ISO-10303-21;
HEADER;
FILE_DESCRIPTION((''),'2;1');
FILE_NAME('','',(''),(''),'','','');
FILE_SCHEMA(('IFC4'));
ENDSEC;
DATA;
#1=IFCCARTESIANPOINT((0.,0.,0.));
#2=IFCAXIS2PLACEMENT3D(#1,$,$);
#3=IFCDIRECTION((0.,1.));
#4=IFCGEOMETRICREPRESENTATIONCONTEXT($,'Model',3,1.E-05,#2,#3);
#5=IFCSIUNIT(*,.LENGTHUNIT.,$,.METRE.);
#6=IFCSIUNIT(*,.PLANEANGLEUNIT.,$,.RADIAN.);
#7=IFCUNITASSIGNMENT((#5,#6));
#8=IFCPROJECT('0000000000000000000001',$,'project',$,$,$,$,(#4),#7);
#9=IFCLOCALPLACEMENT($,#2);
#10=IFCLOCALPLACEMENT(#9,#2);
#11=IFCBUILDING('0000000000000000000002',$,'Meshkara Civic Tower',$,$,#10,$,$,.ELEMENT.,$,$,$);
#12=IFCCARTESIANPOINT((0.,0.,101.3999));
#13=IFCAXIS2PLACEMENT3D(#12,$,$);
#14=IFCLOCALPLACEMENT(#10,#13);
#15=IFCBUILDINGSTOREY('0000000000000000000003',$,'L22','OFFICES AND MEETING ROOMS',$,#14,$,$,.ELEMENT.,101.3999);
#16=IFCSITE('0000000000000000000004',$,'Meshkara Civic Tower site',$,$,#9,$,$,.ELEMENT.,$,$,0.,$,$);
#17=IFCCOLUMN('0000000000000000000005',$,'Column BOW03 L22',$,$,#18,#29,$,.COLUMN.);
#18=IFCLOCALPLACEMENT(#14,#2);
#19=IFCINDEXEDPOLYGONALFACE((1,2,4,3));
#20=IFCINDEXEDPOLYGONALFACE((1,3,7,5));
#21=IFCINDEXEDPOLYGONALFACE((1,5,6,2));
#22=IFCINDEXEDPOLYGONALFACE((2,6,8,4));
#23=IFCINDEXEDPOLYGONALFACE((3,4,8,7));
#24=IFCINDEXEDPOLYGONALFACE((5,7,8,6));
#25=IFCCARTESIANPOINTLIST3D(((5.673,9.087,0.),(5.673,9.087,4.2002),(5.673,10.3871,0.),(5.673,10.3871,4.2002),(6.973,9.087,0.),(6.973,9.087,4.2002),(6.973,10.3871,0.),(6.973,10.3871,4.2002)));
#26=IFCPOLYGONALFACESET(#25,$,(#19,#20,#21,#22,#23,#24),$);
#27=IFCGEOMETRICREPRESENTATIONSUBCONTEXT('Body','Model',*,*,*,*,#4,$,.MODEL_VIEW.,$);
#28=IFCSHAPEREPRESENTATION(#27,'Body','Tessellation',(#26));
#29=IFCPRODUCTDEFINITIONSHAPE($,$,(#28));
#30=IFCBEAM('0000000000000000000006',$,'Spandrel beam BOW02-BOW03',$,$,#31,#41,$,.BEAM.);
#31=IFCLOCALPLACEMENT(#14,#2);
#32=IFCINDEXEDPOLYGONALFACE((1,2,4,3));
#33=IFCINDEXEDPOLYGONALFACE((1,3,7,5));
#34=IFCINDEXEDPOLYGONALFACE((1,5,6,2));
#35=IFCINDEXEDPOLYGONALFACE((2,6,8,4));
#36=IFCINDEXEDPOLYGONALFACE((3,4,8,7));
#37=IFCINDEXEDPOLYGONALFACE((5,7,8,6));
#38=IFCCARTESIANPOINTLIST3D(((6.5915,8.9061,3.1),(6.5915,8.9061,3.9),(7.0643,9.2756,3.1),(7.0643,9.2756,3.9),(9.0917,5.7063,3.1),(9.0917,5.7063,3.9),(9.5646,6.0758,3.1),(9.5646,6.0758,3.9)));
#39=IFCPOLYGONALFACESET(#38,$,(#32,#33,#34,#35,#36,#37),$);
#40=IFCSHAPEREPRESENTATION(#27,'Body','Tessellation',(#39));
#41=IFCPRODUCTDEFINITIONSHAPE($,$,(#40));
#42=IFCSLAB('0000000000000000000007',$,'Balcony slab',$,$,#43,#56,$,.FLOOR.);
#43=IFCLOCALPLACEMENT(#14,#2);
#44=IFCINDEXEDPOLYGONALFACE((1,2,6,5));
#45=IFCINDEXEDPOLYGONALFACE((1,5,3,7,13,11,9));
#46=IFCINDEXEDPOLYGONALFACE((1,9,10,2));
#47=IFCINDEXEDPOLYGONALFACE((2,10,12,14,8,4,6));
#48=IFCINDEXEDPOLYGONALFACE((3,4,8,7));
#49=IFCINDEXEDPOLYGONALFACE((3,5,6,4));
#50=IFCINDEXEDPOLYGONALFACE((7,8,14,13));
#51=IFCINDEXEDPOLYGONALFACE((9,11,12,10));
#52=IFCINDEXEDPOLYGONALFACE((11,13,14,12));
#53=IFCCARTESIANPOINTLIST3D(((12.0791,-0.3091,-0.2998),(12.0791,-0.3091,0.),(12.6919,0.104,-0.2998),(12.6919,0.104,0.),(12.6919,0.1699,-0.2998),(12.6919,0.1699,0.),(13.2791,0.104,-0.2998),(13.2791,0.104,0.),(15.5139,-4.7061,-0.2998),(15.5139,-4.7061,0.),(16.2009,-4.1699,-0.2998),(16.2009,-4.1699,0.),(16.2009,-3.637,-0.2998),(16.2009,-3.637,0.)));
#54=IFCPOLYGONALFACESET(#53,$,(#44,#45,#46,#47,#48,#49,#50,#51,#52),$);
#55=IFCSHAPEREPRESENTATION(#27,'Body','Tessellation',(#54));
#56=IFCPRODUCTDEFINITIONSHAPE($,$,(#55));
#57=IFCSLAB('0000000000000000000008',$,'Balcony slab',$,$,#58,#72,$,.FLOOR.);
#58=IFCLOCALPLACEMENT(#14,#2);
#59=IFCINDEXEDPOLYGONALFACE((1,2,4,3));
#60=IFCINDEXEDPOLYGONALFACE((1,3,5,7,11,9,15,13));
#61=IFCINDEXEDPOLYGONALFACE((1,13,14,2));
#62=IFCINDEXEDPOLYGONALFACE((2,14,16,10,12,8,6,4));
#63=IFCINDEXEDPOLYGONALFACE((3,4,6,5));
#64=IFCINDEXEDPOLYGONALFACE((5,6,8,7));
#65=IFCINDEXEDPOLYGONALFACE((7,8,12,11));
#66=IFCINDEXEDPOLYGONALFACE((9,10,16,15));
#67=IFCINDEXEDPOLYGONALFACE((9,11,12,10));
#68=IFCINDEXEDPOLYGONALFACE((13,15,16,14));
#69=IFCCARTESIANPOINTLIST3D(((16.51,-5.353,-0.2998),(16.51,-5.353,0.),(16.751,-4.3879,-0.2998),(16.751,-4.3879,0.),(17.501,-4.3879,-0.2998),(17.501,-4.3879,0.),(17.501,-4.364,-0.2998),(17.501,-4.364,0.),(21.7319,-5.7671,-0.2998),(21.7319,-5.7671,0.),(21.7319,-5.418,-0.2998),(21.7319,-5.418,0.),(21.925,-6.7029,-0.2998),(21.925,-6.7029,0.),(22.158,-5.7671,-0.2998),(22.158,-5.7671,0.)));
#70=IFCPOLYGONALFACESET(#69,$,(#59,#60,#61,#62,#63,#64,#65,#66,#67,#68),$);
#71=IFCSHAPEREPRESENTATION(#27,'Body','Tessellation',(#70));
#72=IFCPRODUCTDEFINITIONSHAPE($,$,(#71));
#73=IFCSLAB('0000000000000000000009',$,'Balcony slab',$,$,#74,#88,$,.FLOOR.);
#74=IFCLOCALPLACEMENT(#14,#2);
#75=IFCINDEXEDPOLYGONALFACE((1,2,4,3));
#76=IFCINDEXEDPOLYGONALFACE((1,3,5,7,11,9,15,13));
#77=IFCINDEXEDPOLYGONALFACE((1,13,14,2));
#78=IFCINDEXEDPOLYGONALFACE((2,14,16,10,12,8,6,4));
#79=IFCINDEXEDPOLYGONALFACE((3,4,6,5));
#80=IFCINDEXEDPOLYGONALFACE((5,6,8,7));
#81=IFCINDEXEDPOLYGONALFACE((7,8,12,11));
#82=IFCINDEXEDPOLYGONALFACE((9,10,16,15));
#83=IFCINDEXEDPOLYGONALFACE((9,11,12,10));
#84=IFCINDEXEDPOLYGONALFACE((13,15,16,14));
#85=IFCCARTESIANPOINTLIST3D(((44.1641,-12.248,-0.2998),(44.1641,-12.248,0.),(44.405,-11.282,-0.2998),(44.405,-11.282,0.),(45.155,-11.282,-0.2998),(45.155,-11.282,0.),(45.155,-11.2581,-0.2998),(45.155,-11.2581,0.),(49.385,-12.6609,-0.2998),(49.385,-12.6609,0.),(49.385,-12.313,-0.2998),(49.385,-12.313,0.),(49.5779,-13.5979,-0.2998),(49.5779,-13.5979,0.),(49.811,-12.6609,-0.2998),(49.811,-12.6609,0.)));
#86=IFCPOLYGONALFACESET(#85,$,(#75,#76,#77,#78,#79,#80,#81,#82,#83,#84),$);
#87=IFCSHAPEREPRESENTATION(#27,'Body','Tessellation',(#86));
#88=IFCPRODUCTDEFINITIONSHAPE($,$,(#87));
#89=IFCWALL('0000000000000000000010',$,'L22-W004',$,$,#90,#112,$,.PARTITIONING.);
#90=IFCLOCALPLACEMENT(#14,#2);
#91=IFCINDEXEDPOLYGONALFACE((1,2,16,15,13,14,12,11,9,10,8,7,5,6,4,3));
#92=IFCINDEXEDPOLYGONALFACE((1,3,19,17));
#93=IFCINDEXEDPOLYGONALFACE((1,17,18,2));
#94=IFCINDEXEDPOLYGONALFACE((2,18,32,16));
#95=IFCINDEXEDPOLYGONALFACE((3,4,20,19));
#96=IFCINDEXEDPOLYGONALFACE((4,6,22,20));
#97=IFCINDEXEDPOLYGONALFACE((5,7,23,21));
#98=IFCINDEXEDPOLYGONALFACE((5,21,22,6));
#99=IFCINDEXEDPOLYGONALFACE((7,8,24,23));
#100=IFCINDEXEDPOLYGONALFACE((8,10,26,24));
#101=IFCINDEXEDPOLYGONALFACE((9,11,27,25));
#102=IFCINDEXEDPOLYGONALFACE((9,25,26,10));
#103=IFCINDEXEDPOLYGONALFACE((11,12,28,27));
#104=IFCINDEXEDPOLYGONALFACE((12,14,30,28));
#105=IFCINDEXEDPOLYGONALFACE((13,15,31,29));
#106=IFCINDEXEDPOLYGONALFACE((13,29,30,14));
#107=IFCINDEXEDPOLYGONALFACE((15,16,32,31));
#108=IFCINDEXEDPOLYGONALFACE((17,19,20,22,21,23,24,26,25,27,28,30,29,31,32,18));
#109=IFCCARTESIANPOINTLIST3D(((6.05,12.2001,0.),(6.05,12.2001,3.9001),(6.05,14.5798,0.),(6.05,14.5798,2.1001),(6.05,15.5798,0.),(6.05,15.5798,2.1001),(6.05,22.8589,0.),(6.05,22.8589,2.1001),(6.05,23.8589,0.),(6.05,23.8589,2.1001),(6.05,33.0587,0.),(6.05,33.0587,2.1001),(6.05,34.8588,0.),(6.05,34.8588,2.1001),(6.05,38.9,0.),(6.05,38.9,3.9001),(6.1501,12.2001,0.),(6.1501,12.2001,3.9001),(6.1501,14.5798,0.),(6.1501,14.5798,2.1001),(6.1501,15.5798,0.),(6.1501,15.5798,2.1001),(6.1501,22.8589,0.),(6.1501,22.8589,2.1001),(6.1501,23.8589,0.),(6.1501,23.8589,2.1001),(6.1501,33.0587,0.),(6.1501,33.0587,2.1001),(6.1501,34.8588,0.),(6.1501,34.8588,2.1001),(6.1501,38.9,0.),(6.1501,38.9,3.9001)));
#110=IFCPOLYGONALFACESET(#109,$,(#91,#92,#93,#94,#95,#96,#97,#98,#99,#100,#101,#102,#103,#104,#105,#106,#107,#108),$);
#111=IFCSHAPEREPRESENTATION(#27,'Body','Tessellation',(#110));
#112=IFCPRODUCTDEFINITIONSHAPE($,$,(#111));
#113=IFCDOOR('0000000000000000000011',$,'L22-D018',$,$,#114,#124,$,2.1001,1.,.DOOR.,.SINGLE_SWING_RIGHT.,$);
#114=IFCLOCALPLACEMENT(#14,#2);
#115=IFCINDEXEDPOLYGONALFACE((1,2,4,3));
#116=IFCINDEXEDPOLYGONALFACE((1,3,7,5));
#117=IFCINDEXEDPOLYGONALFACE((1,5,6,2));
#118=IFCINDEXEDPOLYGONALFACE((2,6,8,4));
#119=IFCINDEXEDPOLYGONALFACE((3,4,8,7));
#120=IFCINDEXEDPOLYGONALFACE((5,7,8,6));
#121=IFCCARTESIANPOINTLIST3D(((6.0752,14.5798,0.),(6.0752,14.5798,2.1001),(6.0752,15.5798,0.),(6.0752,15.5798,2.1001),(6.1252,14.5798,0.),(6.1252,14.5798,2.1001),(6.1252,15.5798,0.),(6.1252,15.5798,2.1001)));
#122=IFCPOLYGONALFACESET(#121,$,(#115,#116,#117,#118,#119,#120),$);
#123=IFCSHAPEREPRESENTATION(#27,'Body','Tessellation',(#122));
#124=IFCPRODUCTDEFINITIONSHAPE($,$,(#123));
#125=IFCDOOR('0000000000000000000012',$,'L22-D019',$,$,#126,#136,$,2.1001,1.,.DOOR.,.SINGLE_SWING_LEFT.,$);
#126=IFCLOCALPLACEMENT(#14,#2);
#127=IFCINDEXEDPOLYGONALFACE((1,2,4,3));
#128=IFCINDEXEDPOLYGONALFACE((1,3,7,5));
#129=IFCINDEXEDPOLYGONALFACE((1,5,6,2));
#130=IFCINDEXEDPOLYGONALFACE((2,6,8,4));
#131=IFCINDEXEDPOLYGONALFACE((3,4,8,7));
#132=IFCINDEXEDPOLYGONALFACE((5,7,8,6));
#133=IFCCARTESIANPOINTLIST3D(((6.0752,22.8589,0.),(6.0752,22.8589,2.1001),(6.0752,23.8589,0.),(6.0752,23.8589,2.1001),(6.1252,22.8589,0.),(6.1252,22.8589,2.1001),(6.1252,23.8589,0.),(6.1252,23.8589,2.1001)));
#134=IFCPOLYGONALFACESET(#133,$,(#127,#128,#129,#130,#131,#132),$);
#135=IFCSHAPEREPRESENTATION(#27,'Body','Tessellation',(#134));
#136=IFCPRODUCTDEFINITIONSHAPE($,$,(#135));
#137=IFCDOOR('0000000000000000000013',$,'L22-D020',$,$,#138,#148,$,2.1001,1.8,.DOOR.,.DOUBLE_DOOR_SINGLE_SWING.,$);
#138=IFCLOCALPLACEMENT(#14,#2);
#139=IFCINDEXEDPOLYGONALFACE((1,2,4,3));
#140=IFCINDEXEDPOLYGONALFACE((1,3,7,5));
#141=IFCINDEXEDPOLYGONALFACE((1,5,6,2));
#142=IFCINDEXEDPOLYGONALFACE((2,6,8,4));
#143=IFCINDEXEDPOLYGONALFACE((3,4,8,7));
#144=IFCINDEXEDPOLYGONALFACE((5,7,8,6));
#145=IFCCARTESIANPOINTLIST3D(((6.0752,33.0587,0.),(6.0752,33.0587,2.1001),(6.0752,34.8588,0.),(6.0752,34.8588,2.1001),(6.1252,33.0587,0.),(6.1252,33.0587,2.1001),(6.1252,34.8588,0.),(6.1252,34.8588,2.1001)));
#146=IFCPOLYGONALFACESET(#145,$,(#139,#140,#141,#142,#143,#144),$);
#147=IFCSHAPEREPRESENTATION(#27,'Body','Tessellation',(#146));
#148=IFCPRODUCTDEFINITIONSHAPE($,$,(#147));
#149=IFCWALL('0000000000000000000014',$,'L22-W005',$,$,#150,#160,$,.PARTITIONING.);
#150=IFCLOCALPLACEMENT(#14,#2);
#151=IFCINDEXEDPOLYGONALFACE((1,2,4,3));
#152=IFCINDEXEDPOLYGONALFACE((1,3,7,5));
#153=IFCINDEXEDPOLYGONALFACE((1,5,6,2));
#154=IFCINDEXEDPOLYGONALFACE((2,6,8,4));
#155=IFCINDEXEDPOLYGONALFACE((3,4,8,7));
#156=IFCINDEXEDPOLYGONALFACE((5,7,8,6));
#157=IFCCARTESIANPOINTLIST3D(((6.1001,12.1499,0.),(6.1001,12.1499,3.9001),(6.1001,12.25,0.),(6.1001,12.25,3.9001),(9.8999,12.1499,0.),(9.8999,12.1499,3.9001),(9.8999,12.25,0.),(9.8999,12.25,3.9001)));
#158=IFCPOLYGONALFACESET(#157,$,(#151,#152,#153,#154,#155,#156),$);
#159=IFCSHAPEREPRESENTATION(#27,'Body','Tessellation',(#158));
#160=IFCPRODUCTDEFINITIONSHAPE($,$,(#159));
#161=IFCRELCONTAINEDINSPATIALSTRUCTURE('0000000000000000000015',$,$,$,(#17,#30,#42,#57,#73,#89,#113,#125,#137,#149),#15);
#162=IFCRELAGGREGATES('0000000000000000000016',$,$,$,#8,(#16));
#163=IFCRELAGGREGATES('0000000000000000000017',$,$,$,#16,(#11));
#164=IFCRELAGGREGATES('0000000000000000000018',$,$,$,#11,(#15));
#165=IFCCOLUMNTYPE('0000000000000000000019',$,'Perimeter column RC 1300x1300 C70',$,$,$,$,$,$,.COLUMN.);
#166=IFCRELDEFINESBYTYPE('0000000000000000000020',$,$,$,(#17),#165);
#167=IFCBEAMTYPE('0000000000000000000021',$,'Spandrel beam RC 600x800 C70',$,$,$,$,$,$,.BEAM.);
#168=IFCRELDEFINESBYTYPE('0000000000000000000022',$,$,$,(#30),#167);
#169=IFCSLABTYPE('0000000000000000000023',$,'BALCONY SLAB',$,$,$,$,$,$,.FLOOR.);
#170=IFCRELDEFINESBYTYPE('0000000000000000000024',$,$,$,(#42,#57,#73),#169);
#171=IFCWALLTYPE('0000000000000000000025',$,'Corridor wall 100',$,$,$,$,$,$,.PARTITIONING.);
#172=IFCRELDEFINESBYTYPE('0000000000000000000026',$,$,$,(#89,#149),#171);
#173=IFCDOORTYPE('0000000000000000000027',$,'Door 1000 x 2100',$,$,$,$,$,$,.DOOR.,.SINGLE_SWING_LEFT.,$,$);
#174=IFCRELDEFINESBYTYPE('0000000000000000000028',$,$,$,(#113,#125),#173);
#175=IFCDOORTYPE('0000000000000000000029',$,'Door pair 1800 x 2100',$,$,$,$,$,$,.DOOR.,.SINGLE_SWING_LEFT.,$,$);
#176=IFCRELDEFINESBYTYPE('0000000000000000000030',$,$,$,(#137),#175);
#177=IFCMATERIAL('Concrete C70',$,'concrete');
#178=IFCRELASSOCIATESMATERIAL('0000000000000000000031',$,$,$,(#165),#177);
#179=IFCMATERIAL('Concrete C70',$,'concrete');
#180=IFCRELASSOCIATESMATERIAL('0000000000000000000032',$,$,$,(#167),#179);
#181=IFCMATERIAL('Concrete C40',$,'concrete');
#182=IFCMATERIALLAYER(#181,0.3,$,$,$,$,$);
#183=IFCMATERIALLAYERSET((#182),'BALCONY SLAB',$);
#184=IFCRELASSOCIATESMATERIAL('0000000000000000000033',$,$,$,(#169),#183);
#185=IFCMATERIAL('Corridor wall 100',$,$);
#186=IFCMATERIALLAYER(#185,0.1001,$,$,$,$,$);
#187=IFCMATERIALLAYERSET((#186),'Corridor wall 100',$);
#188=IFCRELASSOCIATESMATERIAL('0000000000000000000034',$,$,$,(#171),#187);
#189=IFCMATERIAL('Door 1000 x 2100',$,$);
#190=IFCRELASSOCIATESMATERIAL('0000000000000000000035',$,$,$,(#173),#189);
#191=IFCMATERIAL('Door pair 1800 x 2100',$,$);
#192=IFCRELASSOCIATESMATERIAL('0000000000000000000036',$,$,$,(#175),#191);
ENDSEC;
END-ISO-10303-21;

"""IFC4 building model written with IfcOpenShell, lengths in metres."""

from ifc_helpers import new_model, si_unit, direction, frame, frame_2d, origin, origin_2d, place, context, subcontext, project, spatial, polyline, rectangle, outline, extrude, material, layer, layer_set, material_profile, profile_set, type_object, element, fill, save


model = new_model("IFC4")

# Units and contexts
model_context = context("Model", 3, precision=1e-05, world=origin(), true_north=direction((0.0, 1.0)))
body_context = subcontext(model_context, "Body", "Model", "MODEL_VIEW")
ifc_project = project(units=[si_unit("LENGTHUNIT", "METRE"), si_unit("PLANEANGLEUNIT", "RADIAN")], contexts=[model_context])

# Site, building, storey
site_placement = place(None, origin())
site = spatial("IfcSite", under=ifc_project, at=site_placement, Name="Meshkara Civic Tower site", CompositionType="ELEMENT", RefElevation=0.0)
building_placement = place(site_placement, origin())
building = spatial("IfcBuilding", under=site, at=building_placement, Name="Meshkara Civic Tower", CompositionType="ELEMENT")
storey_placement = place(building_placement, frame((0.0, 0.0, 101.3999)))
storey = spatial("IfcBuildingStorey", under=building, at=storey_placement, Name="L22", Description="OFFICES AND MEETING ROOMS", CompositionType="ELEMENT", Elevation=101.3999)

# Column
ifc_material_1 = material(Name="Concrete C70", Category="concrete")
ifc_material_profile_1 = material_profile(ifc_material_1, rectangle(XDim=1.3, YDim=1.3, at=origin_2d()))
ifc_profile_set_1 = profile_set([ifc_material_profile_1], Name="Concrete C70")
column_type = type_object("IfcColumnType", Name="Perimeter column RC 1300x1300 C70", PredefinedType="COLUMN", material=ifc_profile_set_1)
column_placement = place(storey_placement, frame((6.323, 9.7371, 0.0), z_axis=(0.0, 0.0, 1.0), x_axis=(1.0, 0.0, 0.0)))
element("IfcColumn", 1, at=column_placement, inside=storey, type_object=column_type, Name="Column BOW03 L22", PredefinedType="COLUMN", context=body_context, shape_type="SweptSolid", body=[
    extrude(rectangle(XDim=1.3, YDim=1.3, at=origin_2d()), origin(), (0.0, 0.0, 1.0), 4.2002),
])

# Beam
ifc_material_2 = material(Name="Concrete C70", Category="concrete")
ifc_material_profile_2 = material_profile(ifc_material_2, rectangle(XDim=0.6001, YDim=0.8, at=origin_2d()))
ifc_profile_set_2 = profile_set([ifc_material_profile_2], Name="Concrete C70")
beam_type = type_object("IfcBeamType", Name="Spandrel beam RC 600x800 C70", PredefinedType="BEAM", material=ifc_profile_set_2)
beam_placement = place(storey_placement, frame((6.8279, 9.0908, 3.5), z_axis=(0.615716, -0.787968, 0.0), x_axis=(0.787968, 0.615716, 0.0)))
element("IfcBeam", 2, at=beam_placement, inside=storey, type_object=beam_type, Name="Spandrel beam BOW02-BOW03", PredefinedType="BEAM", context=body_context, shape_type="SweptSolid", body=[
    extrude(rectangle(XDim=0.6001, YDim=0.8, at=origin_2d()), origin(), (0.0, 0.0, 1.0), 4.0608),
])

# Slabs
ifc_material_3 = material(Name="Concrete C40", Category="concrete")
ifc_layer_1 = layer(ifc_material_3, 0.3)
ifc_layer_set_1 = layer_set([ifc_layer_1], Name="BALCONY SLAB")
slab_type = type_object("IfcSlabType", Name="BALCONY SLAB", PredefinedType="FLOOR", material=ifc_layer_set_1)
slab_1_placement = place(storey_placement, frame((0.0, 0.0, -0.2998)))
element("IfcSlab", 3, at=slab_1_placement, inside=storey, type_object=slab_type, Name="Balcony slab", PredefinedType="FLOOR", context=body_context, shape_type="SweptSolid", body=[
    extrude(outline(polyline([(15.5139, -4.7061), (12.0791, -0.3091), (12.6919, 0.1699), (12.6919, 0.104), (13.2791, 0.104), (16.2009, -3.637), (16.2009, -4.1699), (15.5139, -4.7061)])), origin(), (0.0, 0.0, 1.0), 0.2998),
])
slab_2_placement = place(storey_placement, frame((0.0, 0.0, -0.2998)))
element("IfcSlab", 4, at=slab_2_placement, inside=storey, type_object=slab_type, Name="Balcony slab", PredefinedType="FLOOR", context=body_context, shape_type="SweptSolid", body=[
    extrude(outline(polyline([(21.925, -6.7029), (16.51, -5.353), (16.751, -4.3879), (17.501, -4.3879), (17.501, -4.364), (21.7319, -5.418), (21.7319, -5.7671), (22.158, -5.7671), (21.925, -6.7029)])), origin(), (0.0, 0.0, 1.0), 0.2998),
])
slab_3_placement = place(storey_placement, frame((0.0, 0.0, -0.2998)))
element("IfcSlab", 5, at=slab_3_placement, inside=storey, type_object=slab_type, Name="Balcony slab", PredefinedType="FLOOR", context=body_context, shape_type="SweptSolid", body=[
    extrude(outline(polyline([(49.5779, -13.5979), (44.1641, -12.248), (44.405, -11.282), (45.155, -11.282), (45.155, -11.2581), (49.385, -12.313), (49.385, -12.6609), (49.811, -12.6609), (49.5779, -13.5979)])), origin(), (0.0, 0.0, 1.0), 0.2998),
])

# Wall, openings, doors
ifc_material_4 = material(Name="Corridor wall 100")
ifc_layer_2 = layer(ifc_material_4, 0.1001)
ifc_layer_set_2 = layer_set([ifc_layer_2], Name="Corridor wall 100")
wall_type_1 = type_object("IfcWallType", Name="Corridor wall 100", PredefinedType="PARTITIONING", material=ifc_layer_set_2)
wall_1_placement = place(storey_placement, frame((6.1001, 12.2, 0.0), z_axis=(0.0, 0.0, 1.0), x_axis=(0.0, 1.0, 0.0)))
wall_1 = element("IfcWall", 6, at=wall_1_placement, inside=storey, type_object=wall_type_1, Name="L22-W004", PredefinedType="PARTITIONING", context=body_context, shape_type="SweptSolid", body=[
    extrude(rectangle(XDim=26.7, YDim=0.1001, at=frame_2d((13.3501, 0.0))), origin(), (0.0, 0.0, 1.0), 3.9001),
])
opening_1_placement = place(wall_1_placement, frame((2.3799, 0.0, 0.0)))
opening_1 = element("IfcOpeningElement", 7, at=opening_1_placement, cuts=wall_1, PredefinedType="OPENING", context=body_context, shape_type="SweptSolid", body=[
    extrude(rectangle(XDim=1.0, YDim=2.1001, at=frame_2d((0.5, 1.05))), frame((0.0, 0.0601, 0.0), z_axis=(0.0, -1.0, 0.0), x_axis=(1.0, 0.0, 0.0)), (0.0, 0.0, 1.0), 0.1201),
])
opening_2_placement = place(wall_1_placement, frame((10.6589, 0.0, 0.0)))
opening_2 = element("IfcOpeningElement", 8, at=opening_2_placement, cuts=wall_1, PredefinedType="OPENING", context=body_context, shape_type="SweptSolid", body=[
    extrude(rectangle(XDim=1.0, YDim=2.1001, at=frame_2d((0.5, 1.05))), frame((0.0, 0.0601, 0.0), z_axis=(0.0, -1.0, 0.0), x_axis=(1.0, 0.0, 0.0)), (0.0, 0.0, 1.0), 0.1201),
])
opening_3_placement = place(wall_1_placement, frame((20.8589, 0.0, 0.0)))
opening_3 = element("IfcOpeningElement", 9, at=opening_3_placement, cuts=wall_1, PredefinedType="OPENING", context=body_context, shape_type="SweptSolid", body=[
    extrude(rectangle(XDim=1.8, YDim=2.1001, at=frame_2d((0.8999, 1.05))), frame((0.0, 0.0601, 0.0), z_axis=(0.0, -1.0, 0.0), x_axis=(1.0, 0.0, 0.0)), (0.0, 0.0, 1.0), 0.1201),
])
ifc_material_5 = material(Name="Door 1000 x 2100")
door_type_1 = type_object("IfcDoorType", Name="Door 1000 x 2100", OperationType="SINGLE_SWING_LEFT", PredefinedType="DOOR", material=ifc_material_5)
door_1_placement = place(opening_1_placement, origin())
door_1 = element("IfcDoor", 10, at=door_1_placement, inside=storey, type_object=door_type_1, Name="L22-D018", OperationType="SINGLE_SWING_RIGHT", OverallHeight=2.1001, OverallWidth=1.0, PredefinedType="DOOR", context=body_context, shape_type="SweptSolid", body=[
    extrude(rectangle(XDim=1.0, YDim=2.1001, at=frame_2d((0.5, 1.05))), frame((0.0, 0.0249, 0.0), z_axis=(0.0, -1.0, 0.0), x_axis=(1.0, 0.0, 0.0)), (0.0, 0.0, 1.0), 0.05),
])
fill(opening_1, door_1)
door_2_placement = place(opening_2_placement, origin())
door_2 = element("IfcDoor", 11, at=door_2_placement, inside=storey, type_object=door_type_1, Name="L22-D019", OperationType="SINGLE_SWING_LEFT", OverallHeight=2.1001, OverallWidth=1.0, PredefinedType="DOOR", context=body_context, shape_type="SweptSolid", body=[
    extrude(rectangle(XDim=1.0, YDim=2.1001, at=frame_2d((0.5, 1.05))), frame((0.0, 0.0249, 0.0), z_axis=(0.0, -1.0, 0.0), x_axis=(1.0, 0.0, 0.0)), (0.0, 0.0, 1.0), 0.05),
])
fill(opening_2, door_2)
ifc_material_6 = material(Name="Door pair 1800 x 2100")
door_type_2 = type_object("IfcDoorType", Name="Door pair 1800 x 2100", OperationType="SINGLE_SWING_LEFT", PredefinedType="DOOR", material=ifc_material_6)
door_3_placement = place(opening_3_placement, origin())
door_3 = element("IfcDoor", 12, at=door_3_placement, inside=storey, type_object=door_type_2, Name="L22-D020", OperationType="DOUBLE_DOOR_SINGLE_SWING", OverallHeight=2.1001, OverallWidth=1.8, PredefinedType="DOOR", context=body_context, shape_type="SweptSolid", body=[
    extrude(rectangle(XDim=1.8, YDim=2.1001, at=frame_2d((0.8999, 1.05))), frame((0.0, 0.0249, 0.0), z_axis=(0.0, -1.0, 0.0), x_axis=(1.0, 0.0, 0.0)), (0.0, 0.0, 1.0), 0.05),
])
fill(opening_3, door_3)

# Wall
wall_2_placement = place(storey_placement, frame((6.1001, 12.2, 0.0), z_axis=(0.0, 0.0, 1.0), x_axis=(1.0, 0.0, 0.0)))
element("IfcWall", 13, at=wall_2_placement, inside=storey, type_object=wall_type_1, Name="L22-W005", PredefinedType="PARTITIONING", context=body_context, shape_type="SweptSolid", body=[
    extrude(rectangle(XDim=3.7998, YDim=0.1001, at=frame_2d((1.8999, 0.0))), origin(), (0.0, 0.0, 1.0), 3.9001),
])

save(model, "model.ifc")
